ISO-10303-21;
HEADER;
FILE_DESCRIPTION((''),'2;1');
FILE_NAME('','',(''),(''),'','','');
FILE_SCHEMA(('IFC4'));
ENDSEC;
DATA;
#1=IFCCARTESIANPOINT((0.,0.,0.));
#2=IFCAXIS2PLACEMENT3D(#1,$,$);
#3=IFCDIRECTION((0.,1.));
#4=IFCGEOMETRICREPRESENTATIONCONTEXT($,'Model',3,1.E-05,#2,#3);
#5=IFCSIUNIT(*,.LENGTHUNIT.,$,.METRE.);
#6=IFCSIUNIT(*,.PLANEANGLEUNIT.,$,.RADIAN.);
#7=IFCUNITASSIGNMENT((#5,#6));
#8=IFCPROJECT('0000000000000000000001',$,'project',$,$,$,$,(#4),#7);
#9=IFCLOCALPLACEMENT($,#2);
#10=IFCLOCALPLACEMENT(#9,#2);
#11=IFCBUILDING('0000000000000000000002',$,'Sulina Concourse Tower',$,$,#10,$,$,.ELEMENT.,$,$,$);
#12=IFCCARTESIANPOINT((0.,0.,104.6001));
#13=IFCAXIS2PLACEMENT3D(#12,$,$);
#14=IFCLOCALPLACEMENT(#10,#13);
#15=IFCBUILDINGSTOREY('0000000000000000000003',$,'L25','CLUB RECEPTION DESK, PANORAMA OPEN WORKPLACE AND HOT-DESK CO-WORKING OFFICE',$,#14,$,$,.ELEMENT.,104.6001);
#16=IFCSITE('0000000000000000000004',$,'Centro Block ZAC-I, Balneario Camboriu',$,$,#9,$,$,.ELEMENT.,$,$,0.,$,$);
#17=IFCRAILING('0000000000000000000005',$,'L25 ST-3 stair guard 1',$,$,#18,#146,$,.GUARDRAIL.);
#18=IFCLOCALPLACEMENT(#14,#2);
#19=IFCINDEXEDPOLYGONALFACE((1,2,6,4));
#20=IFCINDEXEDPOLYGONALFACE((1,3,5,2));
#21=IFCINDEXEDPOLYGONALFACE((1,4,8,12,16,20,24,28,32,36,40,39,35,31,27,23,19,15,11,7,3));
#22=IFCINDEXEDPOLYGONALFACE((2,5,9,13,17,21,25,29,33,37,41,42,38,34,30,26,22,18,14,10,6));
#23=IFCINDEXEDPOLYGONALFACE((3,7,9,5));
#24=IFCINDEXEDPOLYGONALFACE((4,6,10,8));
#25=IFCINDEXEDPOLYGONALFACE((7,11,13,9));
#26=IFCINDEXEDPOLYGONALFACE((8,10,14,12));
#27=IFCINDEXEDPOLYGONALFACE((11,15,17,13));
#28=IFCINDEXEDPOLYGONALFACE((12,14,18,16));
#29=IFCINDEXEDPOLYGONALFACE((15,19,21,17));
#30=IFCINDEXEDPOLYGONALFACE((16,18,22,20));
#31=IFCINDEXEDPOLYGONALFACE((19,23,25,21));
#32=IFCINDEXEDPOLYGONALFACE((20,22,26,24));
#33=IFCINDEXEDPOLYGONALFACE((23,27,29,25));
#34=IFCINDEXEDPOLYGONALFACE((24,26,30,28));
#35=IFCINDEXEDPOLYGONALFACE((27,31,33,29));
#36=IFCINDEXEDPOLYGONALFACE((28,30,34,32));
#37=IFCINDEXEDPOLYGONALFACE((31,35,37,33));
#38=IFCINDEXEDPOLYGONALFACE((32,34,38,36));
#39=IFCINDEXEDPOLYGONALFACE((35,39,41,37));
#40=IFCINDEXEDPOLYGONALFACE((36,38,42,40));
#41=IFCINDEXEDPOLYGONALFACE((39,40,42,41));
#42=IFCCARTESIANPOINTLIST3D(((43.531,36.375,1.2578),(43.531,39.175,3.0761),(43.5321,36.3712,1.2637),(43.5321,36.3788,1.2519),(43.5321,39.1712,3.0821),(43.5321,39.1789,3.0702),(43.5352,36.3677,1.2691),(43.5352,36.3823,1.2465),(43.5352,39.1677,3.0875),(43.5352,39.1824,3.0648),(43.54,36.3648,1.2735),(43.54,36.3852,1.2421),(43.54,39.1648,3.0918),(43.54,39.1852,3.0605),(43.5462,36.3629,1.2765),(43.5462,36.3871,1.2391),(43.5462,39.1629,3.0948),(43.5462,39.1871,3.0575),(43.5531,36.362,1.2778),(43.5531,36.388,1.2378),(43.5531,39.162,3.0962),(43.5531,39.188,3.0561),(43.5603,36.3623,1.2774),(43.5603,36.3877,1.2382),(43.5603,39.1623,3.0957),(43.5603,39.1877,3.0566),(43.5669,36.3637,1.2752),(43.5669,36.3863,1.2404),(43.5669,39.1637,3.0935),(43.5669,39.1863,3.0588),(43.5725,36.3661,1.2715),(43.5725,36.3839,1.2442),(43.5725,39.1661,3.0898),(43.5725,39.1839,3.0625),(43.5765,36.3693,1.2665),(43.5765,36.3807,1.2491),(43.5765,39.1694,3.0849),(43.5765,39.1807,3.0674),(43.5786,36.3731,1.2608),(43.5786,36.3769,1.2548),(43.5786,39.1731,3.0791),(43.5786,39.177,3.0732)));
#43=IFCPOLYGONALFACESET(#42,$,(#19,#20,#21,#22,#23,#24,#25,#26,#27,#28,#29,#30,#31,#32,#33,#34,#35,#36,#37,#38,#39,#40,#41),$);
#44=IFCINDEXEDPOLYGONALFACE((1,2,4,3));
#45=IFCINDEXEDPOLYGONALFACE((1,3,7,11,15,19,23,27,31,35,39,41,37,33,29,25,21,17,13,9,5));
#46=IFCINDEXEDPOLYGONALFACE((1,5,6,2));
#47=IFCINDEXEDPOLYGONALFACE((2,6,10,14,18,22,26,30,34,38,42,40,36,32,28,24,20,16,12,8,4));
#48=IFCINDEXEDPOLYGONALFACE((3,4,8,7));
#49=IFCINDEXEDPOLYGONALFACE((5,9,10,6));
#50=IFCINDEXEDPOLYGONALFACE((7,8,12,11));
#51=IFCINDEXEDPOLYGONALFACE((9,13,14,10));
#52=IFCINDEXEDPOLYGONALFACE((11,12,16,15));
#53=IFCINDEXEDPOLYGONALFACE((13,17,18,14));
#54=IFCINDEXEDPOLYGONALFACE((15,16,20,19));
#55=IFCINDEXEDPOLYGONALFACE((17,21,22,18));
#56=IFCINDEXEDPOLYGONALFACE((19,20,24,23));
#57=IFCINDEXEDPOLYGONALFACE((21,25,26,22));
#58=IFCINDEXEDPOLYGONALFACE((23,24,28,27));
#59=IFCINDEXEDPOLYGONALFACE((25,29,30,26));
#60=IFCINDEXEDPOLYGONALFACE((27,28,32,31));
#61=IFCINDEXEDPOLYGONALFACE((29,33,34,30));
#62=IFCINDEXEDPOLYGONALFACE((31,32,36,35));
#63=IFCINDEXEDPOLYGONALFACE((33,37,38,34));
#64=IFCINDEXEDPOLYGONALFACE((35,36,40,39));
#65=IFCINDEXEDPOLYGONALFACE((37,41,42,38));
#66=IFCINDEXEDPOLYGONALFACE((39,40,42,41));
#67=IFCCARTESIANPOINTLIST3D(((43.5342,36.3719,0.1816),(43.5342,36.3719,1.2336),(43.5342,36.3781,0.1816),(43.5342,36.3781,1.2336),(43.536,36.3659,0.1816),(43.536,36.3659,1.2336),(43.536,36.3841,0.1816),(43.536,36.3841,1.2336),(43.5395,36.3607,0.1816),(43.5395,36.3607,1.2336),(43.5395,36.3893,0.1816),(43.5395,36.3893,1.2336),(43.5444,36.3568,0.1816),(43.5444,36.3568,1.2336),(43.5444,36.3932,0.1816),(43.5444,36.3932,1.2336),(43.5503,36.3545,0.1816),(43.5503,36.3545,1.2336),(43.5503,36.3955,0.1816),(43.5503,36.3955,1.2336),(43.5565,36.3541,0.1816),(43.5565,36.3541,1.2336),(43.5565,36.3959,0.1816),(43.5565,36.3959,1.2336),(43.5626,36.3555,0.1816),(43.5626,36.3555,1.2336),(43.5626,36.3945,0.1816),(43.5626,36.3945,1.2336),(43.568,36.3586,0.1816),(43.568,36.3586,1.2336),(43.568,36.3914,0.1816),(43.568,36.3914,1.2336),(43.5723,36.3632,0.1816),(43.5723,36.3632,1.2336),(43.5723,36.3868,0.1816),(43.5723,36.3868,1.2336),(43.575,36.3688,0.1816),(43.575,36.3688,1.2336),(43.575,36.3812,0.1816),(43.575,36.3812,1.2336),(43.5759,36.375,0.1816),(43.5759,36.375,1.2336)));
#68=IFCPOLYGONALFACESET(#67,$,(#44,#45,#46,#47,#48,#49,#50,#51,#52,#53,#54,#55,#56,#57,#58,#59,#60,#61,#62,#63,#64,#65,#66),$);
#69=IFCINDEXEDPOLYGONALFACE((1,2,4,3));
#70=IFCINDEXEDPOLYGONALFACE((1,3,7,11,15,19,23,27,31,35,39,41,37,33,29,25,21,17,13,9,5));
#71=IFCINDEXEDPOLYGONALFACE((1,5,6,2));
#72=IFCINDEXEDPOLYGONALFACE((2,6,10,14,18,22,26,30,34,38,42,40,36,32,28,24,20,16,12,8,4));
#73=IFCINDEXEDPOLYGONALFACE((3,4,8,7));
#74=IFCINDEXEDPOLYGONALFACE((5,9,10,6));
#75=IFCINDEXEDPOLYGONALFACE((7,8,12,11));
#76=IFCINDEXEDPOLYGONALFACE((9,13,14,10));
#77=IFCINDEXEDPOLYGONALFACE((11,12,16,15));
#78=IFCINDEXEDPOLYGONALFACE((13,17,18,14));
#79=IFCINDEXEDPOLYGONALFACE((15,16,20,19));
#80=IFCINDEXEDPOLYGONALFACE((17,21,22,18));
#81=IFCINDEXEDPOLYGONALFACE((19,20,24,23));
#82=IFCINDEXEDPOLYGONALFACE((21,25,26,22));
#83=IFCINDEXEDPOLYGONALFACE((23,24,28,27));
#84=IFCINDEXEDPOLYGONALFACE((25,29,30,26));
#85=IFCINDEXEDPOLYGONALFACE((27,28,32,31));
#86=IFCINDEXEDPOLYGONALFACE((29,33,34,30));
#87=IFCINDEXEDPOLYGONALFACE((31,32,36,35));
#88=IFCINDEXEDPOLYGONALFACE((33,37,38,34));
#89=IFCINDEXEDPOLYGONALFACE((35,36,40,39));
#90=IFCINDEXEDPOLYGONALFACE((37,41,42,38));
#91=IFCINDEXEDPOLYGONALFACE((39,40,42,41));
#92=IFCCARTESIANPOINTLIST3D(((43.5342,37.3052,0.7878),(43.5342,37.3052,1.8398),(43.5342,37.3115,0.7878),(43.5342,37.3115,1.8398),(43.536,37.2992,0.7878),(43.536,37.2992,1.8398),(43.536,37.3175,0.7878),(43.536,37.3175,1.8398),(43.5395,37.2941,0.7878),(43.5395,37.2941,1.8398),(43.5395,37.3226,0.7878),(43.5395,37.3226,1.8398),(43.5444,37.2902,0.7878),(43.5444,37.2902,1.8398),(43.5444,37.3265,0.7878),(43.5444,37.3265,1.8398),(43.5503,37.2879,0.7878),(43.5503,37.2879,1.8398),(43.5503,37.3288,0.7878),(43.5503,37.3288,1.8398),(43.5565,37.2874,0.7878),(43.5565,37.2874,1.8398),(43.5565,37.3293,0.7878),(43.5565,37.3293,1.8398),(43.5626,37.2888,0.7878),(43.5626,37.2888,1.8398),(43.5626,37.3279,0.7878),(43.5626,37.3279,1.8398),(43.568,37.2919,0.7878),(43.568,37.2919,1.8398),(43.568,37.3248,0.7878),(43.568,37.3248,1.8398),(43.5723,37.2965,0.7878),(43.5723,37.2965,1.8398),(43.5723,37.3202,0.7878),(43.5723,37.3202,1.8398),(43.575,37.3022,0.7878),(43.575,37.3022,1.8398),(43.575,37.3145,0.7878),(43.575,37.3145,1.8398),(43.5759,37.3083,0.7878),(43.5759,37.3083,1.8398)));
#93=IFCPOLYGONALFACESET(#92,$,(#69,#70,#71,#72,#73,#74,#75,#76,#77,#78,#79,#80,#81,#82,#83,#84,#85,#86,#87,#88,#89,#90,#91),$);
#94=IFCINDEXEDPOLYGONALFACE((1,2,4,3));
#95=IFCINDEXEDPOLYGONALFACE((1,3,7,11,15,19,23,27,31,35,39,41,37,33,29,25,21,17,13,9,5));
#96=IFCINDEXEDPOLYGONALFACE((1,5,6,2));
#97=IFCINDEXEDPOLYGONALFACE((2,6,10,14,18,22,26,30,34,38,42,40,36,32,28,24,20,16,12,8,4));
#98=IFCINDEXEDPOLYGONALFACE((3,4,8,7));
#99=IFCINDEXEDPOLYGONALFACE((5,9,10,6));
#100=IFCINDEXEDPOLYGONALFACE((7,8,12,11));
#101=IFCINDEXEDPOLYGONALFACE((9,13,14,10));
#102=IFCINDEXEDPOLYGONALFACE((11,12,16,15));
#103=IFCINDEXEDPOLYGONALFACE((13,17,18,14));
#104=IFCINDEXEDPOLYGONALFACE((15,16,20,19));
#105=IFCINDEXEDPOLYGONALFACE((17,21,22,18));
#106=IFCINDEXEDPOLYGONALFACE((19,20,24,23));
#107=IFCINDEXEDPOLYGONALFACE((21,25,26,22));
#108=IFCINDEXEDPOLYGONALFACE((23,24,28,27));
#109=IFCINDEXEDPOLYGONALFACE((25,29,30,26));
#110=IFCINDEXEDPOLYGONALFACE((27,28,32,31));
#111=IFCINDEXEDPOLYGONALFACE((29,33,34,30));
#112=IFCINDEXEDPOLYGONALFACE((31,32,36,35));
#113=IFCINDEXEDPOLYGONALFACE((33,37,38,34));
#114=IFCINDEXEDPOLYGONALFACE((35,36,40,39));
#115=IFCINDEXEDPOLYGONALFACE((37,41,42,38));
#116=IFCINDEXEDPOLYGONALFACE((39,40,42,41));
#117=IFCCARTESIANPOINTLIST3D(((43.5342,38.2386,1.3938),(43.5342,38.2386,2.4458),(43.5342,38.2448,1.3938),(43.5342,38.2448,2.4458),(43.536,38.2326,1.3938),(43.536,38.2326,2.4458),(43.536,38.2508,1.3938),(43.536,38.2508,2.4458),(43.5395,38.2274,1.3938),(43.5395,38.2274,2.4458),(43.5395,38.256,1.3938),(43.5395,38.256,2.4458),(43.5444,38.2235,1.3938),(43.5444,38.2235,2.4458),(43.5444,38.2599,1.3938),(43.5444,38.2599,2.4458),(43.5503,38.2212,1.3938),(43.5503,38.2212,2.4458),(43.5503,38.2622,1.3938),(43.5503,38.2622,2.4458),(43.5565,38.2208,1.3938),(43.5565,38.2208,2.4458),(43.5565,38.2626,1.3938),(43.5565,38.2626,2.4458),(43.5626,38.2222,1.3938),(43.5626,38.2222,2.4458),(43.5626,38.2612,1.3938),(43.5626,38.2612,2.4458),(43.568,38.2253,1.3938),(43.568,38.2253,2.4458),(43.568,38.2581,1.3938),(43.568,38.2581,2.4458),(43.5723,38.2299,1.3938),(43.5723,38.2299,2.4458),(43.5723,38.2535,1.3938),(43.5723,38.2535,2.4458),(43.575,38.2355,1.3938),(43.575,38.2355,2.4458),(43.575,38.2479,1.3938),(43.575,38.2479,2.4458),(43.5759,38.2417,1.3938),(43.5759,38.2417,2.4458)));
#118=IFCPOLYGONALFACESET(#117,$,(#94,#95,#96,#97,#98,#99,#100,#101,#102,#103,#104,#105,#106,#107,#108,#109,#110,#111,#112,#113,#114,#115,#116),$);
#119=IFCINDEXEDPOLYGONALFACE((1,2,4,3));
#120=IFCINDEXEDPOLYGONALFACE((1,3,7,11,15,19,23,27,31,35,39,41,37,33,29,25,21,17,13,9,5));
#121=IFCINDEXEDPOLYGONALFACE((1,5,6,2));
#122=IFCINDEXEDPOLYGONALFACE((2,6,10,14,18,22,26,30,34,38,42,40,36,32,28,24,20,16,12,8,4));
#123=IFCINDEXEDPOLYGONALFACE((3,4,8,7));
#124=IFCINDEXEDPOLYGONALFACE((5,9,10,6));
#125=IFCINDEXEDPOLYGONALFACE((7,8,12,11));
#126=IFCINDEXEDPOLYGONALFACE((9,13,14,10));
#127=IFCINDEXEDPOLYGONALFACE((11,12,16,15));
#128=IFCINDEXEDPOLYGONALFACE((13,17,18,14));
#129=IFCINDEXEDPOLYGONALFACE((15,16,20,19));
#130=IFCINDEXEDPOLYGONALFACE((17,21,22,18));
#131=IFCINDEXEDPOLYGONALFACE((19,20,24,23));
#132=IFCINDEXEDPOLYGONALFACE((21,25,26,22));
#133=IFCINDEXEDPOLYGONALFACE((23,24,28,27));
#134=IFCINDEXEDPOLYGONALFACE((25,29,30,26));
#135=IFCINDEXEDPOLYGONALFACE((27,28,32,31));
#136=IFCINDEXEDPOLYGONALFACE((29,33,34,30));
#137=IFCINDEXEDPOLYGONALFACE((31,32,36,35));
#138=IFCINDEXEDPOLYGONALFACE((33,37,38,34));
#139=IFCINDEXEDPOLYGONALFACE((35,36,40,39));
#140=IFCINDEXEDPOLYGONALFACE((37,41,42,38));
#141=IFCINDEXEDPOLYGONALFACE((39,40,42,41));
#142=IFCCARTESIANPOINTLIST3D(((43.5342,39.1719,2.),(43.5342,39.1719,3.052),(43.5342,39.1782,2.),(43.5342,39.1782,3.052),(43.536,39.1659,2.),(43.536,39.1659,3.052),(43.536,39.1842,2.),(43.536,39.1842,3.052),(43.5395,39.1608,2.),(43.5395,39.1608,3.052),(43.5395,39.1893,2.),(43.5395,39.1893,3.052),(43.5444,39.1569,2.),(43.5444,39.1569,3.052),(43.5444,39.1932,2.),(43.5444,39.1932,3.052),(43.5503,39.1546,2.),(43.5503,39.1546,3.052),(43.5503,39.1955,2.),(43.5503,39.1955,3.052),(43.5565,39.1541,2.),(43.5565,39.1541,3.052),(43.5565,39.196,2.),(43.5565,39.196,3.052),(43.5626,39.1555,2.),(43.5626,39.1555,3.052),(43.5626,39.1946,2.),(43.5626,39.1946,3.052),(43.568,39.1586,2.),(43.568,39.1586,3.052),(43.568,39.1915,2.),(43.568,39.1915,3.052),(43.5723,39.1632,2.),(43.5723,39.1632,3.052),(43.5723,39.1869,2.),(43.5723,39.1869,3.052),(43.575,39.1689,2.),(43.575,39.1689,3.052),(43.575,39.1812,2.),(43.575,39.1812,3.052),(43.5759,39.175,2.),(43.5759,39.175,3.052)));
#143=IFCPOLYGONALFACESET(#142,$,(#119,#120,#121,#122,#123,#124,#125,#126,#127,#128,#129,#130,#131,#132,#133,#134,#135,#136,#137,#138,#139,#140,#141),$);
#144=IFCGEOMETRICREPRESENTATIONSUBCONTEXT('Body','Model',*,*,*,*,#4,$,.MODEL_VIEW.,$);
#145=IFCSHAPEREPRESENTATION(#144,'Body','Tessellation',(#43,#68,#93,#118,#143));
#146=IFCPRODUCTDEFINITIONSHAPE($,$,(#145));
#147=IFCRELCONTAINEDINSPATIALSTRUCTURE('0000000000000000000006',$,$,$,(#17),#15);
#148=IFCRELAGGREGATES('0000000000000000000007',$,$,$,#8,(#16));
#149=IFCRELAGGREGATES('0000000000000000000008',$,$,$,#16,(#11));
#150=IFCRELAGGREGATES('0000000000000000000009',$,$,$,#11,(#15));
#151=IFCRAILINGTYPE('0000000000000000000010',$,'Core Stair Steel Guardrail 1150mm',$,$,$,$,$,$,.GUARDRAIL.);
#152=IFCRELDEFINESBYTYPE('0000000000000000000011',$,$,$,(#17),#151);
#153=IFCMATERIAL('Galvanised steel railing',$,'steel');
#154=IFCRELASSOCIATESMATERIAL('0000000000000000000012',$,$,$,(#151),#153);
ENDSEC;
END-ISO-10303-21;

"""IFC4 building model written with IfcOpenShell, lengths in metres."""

from ifc_helpers import new_model, si_unit, direction, frame, origin, origin_2d, place, context, subcontext, project, spatial, circle, extrude, material, type_object, element, save


model = new_model("IFC4")

# Units and contexts
model_context = context("Model", 3, precision=1e-05, world=origin(), true_north=direction((0.0, 1.0)))
body_context = subcontext(model_context, "Body", "Model", "MODEL_VIEW")
ifc_project = project(units=[si_unit("LENGTHUNIT", "METRE"), si_unit("PLANEANGLEUNIT", "RADIAN")], contexts=[model_context])

# Site, building, storey
site_placement = place(None, origin())
site = spatial("IfcSite", under=ifc_project, at=site_placement, Name="Centro Block ZAC-I, Balneario Camboriu", CompositionType="ELEMENT", RefElevation=0.0)
building_placement = place(site_placement, origin())
building = spatial("IfcBuilding", under=site, at=building_placement, Name="Sulina Concourse Tower", CompositionType="ELEMENT")
storey_placement = place(building_placement, frame((0.0, 0.0, 104.6001)))
storey = spatial("IfcBuildingStorey", under=building, at=storey_placement, Name="L25", Description="CLUB RECEPTION DESK, PANORAMA OPEN WORKPLACE AND HOT-DESK CO-WORKING OFFICE", CompositionType="ELEMENT", Elevation=104.6001)

# Railing
ifc_material_1 = material(Name="Galvanised steel railing", Category="steel")
railing_type_1 = type_object("IfcRailingType", Name="Core Stair Steel Guardrail 1150mm", PredefinedType="GUARDRAIL", material=ifc_material_1)
railing_1_placement = place(storey_placement, frame((43.5549, 36.375, 0.1816)))
element("IfcRailing", 1, at=railing_1_placement, inside=storey, type_object=railing_type_1, Name="L25 ST-3 stair guard 1", PredefinedType="GUARDRAIL", context=body_context, shape_type="SweptSolid", body=[
    extrude(circle(Radius=0.0239, at=origin_2d()), frame((0.0, 0.0, 1.0762), z_axis=(0.0, 0.838672, 0.544636), x_axis=(-1.0, 0.0, 0.0)), (0.0, 0.0, 1.0), 3.3386),
    extrude(circle(Radius=0.021, at=origin_2d()), origin(), (0.0, 0.0, 1.0), 1.052),
    extrude(circle(Radius=0.021, at=origin_2d()), frame((0.0, 0.9333, 0.6062)), (0.0, 0.0, 1.0), 1.052),
    extrude(circle(Radius=0.021, at=origin_2d()), frame((0.0, 1.8667, 1.2122)), (0.0, 0.0, 1.0), 1.052),
    extrude(circle(Radius=0.021, at=origin_2d()), frame((0.0, 2.8, 1.8184)), (0.0, 0.0, 1.0), 1.052),
])

save(model, "model.ifc")
